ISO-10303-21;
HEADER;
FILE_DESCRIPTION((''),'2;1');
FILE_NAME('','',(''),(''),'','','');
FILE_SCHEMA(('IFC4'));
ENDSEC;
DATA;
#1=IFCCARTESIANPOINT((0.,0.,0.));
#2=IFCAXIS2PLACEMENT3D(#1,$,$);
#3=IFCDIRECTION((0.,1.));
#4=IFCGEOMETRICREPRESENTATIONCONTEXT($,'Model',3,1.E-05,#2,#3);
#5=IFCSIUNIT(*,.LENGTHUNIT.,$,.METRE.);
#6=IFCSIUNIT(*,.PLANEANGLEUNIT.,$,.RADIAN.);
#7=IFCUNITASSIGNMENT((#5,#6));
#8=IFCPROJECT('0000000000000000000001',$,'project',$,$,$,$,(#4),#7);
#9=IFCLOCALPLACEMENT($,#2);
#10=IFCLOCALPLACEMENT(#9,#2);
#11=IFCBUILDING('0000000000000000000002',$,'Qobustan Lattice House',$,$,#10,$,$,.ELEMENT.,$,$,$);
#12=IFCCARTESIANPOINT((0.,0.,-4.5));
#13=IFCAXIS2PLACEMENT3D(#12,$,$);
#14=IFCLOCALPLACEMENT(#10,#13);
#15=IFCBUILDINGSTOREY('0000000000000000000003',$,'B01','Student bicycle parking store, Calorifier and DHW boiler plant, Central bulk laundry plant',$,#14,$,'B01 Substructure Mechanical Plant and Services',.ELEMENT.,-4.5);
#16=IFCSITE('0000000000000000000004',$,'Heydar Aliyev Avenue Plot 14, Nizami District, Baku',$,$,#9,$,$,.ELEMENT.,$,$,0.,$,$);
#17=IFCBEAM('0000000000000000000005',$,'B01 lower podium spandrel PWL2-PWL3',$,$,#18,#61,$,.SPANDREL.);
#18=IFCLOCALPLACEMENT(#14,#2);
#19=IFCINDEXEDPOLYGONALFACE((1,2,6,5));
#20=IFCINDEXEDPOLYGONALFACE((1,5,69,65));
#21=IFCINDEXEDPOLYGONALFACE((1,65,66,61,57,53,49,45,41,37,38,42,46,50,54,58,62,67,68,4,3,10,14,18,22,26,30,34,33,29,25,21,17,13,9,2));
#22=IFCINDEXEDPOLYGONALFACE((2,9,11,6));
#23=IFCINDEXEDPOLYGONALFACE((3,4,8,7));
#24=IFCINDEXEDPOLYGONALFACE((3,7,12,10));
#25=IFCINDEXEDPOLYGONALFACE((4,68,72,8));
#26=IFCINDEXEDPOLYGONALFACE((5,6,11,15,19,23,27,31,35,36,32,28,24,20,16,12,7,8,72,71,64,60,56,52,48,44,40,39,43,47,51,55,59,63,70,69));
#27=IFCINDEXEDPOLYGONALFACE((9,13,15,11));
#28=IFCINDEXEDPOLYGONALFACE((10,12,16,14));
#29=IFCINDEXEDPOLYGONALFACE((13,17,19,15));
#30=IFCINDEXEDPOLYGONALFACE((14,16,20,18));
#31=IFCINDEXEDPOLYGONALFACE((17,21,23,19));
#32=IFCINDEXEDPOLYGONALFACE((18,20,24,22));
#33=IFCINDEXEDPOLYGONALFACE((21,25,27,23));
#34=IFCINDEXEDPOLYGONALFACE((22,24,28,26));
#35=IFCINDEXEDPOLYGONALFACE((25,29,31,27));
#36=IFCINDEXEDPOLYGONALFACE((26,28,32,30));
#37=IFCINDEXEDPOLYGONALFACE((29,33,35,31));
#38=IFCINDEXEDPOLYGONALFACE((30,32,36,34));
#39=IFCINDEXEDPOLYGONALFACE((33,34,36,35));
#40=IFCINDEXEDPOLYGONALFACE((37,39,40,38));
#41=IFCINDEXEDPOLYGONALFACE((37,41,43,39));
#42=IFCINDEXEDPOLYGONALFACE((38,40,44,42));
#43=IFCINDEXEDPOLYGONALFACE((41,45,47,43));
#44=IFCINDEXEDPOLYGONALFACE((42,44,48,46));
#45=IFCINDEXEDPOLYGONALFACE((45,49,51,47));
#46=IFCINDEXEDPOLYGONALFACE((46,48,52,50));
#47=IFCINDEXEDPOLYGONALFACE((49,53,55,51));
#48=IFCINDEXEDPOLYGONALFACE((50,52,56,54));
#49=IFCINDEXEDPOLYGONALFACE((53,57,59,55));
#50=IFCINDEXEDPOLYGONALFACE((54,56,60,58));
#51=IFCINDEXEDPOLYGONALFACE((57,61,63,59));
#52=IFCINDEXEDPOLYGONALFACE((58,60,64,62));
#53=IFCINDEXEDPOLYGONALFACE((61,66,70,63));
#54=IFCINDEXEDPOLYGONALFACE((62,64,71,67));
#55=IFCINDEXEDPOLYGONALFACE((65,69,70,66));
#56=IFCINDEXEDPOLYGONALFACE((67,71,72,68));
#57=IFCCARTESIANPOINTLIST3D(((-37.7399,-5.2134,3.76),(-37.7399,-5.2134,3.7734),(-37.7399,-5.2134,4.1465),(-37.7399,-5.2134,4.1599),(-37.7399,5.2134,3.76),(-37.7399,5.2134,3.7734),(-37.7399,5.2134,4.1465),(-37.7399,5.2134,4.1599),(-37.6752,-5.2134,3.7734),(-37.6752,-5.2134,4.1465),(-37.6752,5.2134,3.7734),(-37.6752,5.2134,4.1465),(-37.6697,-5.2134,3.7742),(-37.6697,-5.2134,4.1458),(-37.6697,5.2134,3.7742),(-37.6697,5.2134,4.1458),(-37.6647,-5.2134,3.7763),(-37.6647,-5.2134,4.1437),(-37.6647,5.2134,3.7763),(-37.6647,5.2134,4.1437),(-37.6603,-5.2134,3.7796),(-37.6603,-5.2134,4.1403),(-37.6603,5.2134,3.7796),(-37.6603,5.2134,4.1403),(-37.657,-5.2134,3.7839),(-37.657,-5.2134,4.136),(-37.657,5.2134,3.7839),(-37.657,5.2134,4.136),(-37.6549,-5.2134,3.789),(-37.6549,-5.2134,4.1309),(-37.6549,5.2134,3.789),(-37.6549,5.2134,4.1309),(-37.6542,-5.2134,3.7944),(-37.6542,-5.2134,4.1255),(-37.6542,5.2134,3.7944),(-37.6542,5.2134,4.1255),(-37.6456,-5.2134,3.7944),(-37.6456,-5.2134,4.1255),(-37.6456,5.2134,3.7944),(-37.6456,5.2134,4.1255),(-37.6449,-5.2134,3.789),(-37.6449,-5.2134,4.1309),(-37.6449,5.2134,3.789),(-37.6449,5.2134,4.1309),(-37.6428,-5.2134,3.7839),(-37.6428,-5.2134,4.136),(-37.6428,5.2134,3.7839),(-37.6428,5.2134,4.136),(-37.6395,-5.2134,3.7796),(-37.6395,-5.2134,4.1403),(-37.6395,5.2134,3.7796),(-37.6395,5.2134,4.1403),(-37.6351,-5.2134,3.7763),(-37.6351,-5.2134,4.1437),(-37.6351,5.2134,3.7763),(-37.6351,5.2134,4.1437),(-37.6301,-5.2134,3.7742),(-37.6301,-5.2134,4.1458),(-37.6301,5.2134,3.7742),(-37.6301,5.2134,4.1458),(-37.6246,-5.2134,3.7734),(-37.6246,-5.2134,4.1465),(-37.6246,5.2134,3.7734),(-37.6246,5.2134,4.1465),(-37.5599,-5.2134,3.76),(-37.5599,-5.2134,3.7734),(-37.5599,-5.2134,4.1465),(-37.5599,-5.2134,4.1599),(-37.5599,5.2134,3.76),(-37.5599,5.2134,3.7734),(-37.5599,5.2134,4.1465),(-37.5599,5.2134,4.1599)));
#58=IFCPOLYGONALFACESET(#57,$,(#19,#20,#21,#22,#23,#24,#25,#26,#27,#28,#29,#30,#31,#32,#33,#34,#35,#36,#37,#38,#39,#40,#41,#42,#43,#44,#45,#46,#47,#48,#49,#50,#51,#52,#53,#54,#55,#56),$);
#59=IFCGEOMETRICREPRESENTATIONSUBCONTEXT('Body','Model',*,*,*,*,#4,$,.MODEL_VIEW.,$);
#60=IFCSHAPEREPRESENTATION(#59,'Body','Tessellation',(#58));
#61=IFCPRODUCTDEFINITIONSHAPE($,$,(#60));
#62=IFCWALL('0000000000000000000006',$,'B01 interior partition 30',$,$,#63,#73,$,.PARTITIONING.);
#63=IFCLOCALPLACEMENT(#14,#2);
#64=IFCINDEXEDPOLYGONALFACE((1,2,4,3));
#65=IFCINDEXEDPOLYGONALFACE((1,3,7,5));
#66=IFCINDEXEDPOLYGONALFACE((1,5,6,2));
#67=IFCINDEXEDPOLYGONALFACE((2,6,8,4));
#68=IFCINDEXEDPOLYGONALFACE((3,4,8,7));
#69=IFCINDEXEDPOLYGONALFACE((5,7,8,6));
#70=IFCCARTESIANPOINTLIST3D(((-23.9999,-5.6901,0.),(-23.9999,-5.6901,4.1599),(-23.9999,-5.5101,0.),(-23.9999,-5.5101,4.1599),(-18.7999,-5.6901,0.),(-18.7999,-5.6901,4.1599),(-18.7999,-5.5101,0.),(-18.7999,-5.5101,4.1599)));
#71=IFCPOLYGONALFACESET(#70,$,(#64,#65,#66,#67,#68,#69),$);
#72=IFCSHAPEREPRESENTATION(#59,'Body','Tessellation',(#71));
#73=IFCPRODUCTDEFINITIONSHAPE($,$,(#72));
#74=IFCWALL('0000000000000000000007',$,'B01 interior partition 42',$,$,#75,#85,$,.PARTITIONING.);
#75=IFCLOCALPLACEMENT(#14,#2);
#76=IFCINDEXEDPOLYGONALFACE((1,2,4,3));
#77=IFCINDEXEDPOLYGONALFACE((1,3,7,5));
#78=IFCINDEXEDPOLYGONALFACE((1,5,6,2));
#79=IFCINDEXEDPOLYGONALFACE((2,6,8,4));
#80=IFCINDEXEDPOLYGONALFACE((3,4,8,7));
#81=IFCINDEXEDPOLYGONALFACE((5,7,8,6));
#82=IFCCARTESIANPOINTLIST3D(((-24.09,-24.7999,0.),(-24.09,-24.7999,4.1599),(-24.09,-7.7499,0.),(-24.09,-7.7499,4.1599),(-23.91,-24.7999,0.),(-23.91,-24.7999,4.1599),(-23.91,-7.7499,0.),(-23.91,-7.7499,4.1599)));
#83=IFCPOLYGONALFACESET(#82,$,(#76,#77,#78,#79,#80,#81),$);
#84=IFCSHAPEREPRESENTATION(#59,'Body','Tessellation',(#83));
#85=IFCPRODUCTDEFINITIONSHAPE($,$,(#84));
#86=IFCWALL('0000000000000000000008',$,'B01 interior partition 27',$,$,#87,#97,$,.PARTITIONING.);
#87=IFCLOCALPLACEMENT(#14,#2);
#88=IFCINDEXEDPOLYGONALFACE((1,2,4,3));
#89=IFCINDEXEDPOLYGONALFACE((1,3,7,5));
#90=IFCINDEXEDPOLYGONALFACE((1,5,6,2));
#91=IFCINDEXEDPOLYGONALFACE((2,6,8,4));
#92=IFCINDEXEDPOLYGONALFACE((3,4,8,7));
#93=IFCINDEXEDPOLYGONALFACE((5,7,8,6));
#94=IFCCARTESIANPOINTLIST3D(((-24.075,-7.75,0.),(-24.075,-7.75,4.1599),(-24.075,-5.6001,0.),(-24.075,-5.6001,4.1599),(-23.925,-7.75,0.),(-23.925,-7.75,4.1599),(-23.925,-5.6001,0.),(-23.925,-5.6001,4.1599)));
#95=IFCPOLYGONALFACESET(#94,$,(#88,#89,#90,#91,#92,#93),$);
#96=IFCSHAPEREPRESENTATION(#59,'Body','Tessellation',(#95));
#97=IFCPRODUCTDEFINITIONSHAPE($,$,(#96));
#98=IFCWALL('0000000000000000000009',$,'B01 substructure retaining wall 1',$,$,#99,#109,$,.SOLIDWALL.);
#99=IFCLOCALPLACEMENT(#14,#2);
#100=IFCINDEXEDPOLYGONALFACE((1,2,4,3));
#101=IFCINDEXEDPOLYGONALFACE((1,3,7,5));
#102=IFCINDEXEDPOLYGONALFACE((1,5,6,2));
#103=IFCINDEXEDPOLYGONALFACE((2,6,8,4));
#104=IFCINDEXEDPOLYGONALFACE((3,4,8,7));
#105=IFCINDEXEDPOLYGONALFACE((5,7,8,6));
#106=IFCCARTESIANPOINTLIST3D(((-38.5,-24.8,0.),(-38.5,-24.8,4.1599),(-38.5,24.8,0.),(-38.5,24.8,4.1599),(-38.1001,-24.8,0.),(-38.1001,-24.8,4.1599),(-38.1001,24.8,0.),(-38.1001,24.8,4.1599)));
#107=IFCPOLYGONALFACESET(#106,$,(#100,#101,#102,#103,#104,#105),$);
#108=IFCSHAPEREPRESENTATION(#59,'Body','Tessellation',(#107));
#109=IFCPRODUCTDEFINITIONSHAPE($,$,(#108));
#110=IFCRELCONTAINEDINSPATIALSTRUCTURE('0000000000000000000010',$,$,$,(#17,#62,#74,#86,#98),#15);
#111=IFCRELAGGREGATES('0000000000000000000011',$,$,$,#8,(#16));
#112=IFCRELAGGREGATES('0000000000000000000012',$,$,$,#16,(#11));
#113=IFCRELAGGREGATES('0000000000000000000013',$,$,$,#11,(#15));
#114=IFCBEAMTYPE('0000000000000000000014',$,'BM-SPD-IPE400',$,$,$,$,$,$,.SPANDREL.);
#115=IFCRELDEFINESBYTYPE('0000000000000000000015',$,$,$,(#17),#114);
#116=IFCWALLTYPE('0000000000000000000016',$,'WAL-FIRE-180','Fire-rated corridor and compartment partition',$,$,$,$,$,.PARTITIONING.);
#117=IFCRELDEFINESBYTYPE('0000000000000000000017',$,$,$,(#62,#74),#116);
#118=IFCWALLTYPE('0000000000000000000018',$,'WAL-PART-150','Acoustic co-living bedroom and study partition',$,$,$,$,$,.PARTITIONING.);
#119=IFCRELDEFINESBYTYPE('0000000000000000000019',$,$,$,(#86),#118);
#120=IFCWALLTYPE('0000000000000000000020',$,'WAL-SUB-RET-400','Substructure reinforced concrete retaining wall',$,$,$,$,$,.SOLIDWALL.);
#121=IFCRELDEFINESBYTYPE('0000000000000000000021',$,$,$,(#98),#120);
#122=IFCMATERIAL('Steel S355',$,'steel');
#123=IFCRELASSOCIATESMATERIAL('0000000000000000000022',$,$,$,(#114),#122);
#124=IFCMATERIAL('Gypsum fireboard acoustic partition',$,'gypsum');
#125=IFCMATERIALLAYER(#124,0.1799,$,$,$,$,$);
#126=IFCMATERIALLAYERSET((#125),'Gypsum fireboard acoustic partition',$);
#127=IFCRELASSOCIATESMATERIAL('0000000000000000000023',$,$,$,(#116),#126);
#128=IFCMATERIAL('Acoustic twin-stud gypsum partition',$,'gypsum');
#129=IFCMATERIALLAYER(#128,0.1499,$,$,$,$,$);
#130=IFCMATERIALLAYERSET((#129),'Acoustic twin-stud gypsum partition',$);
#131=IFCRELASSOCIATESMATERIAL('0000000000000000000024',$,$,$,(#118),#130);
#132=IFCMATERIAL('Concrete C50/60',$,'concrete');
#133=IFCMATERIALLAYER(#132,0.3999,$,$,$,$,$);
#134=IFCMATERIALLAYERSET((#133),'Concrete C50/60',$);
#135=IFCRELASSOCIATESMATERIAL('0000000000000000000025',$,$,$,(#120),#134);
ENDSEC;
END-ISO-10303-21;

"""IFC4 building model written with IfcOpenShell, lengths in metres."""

from ifc_helpers import new_model, si_unit, direction, frame, frame_2d, origin, origin_2d, place, context, subcontext, project, spatial, rectangle, i_section, extrude, material, layer, layer_set, material_profile, profile_set, type_object, element, save


model = new_model("IFC4")

# Units and contexts
model_context = context("Model", 3, precision=1e-05, world=origin(), true_north=direction((0.0, 1.0)))
body_context = subcontext(model_context, "Body", "Model", "MODEL_VIEW")
ifc_project = project(units=[si_unit("LENGTHUNIT", "METRE"), si_unit("PLANEANGLEUNIT", "RADIAN")], contexts=[model_context])

# Site, building, storey
site_placement = place(None, origin())
site = spatial("IfcSite", under=ifc_project, at=site_placement, Name="Heydar Aliyev Avenue Plot 14, Nizami District, Baku", CompositionType="ELEMENT", RefElevation=0.0)
building_placement = place(site_placement, origin())
building = spatial("IfcBuilding", under=site, at=building_placement, Name="Qobustan Lattice House", CompositionType="ELEMENT")
storey_placement = place(building_placement, frame((0.0, 0.0, -4.5)))
storey = spatial("IfcBuildingStorey", under=building, at=storey_placement, Name="B01", Description="Student bicycle parking store, Calorifier and DHW boiler plant, Central bulk laundry plant", LongName="B01 Substructure Mechanical Plant and Services", CompositionType="ELEMENT", Elevation=-4.5)

# Beam
ifc_material_1 = material(Name="Steel S355", Category="steel")
ifc_material_profile_1 = material_profile(ifc_material_1, i_section(OverallWidth=0.1799, OverallDepth=0.3999, WebThickness=0.0085, FlangeThickness=0.0134, FilletRadius=0.021, at=origin_2d()), Name="IPE400")
ifc_profile_set_1 = profile_set([ifc_material_profile_1], Name="Steel S355")
beam_type_1 = type_object("IfcBeamType", Name="BM-SPD-IPE400", PredefinedType="SPANDREL", material=ifc_profile_set_1)
beam_1_placement = place(storey_placement, frame((-37.6499, -5.2134, 3.96), z_axis=(0.0, 1.0, 0.0), x_axis=(-1.0, 0.0, 0.0)))
element("IfcBeam", 1, at=beam_1_placement, inside=storey, type_object=beam_type_1, Name="B01 lower podium spandrel PWL2-PWL3", PredefinedType="SPANDREL", context=body_context, shape_type="SweptSolid", body=[
    extrude(i_section(OverallWidth=0.1799, OverallDepth=0.3999, WebThickness=0.0085, FlangeThickness=0.0134, FilletRadius=0.021, at=origin_2d()), origin(), (0.0, 0.0, 1.0), 10.4268),
])

# Walls
ifc_material_2 = material(Name="Gypsum fireboard acoustic partition", Category="gypsum")
ifc_layer_1 = layer(ifc_material_2, 0.1799)
ifc_layer_set_1 = layer_set([ifc_layer_1], Name="Gypsum fireboard acoustic partition")
wall_type_1 = type_object("IfcWallType", Name="WAL-FIRE-180", Description="Fire-rated corridor and compartment partition", PredefinedType="PARTITIONING", material=ifc_layer_set_1)
wall_1_placement = place(storey_placement, frame((-24.0, -5.6001, 0.0), z_axis=(0.0, 0.0, 1.0), x_axis=(1.0, 0.0, 0.0)))
element("IfcWall", 2, at=wall_1_placement, inside=storey, type_object=wall_type_1, Name="B01 interior partition 30", PredefinedType="PARTITIONING", context=body_context, shape_type="SweptSolid", body=[
    extrude(rectangle(XDim=5.2, YDim=0.1799, at=frame_2d((2.6001, 0.0))), origin(), (0.0, 0.0, 1.0), 4.1599),
])
wall_2_placement = place(storey_placement, frame((-24.0, -7.75, 0.0), z_axis=(0.0, 0.0, 1.0), x_axis=(0.0, -1.0, 0.0)))
element("IfcWall", 3, at=wall_2_placement, inside=storey, type_object=wall_type_1, Name="B01 interior partition 42", PredefinedType="PARTITIONING", context=body_context, shape_type="SweptSolid", body=[
    extrude(rectangle(XDim=17.05, YDim=0.1799, at=frame_2d((8.5249, 0.0))), origin(), (0.0, 0.0, 1.0), 4.1599),
])
ifc_material_3 = material(Name="Acoustic twin-stud gypsum partition", Category="gypsum")
ifc_layer_2 = layer(ifc_material_3, 0.1499)
ifc_layer_set_2 = layer_set([ifc_layer_2], Name="Acoustic twin-stud gypsum partition")
wall_type_2 = type_object("IfcWallType", Name="WAL-PART-150", Description="Acoustic co-living bedroom and study partition", PredefinedType="PARTITIONING", material=ifc_layer_set_2)
wall_3_placement = place(storey_placement, frame((-24.0, -7.75, 0.0), z_axis=(0.0, 0.0, 1.0), x_axis=(0.0, 1.0, 0.0)))
element("IfcWall", 4, at=wall_3_placement, inside=storey, type_object=wall_type_2, Name="B01 interior partition 27", PredefinedType="PARTITIONING", context=body_context, shape_type="SweptSolid", body=[
    extrude(rectangle(XDim=2.1499, YDim=0.1499, at=frame_2d((1.075, 0.0))), origin(), (0.0, 0.0, 1.0), 4.1599),
])
ifc_material_4 = material(Name="Concrete C50/60", Category="concrete")
ifc_layer_3 = layer(ifc_material_4, 0.3999)
ifc_layer_set_3 = layer_set([ifc_layer_3], Name="Concrete C50/60")
wall_type_3 = type_object("IfcWallType", Name="WAL-SUB-RET-400", Description="Substructure reinforced concrete retaining wall", PredefinedType="SOLIDWALL", material=ifc_layer_set_3)
wall_4_placement = place(storey_placement, frame((-38.3, -24.8, 0.0), z_axis=(0.0, 0.0, 1.0), x_axis=(0.0, 1.0, 0.0)))
element("IfcWall", 5, at=wall_4_placement, inside=storey, type_object=wall_type_3, Name="B01 substructure retaining wall 1", PredefinedType="SOLIDWALL", context=body_context, shape_type="SweptSolid", body=[
    extrude(rectangle(XDim=49.6001, YDim=0.3999, at=frame_2d((24.8, 0.0))), origin(), (0.0, 0.0, 1.0), 4.1599),
])

save(model, "model.ifc")
